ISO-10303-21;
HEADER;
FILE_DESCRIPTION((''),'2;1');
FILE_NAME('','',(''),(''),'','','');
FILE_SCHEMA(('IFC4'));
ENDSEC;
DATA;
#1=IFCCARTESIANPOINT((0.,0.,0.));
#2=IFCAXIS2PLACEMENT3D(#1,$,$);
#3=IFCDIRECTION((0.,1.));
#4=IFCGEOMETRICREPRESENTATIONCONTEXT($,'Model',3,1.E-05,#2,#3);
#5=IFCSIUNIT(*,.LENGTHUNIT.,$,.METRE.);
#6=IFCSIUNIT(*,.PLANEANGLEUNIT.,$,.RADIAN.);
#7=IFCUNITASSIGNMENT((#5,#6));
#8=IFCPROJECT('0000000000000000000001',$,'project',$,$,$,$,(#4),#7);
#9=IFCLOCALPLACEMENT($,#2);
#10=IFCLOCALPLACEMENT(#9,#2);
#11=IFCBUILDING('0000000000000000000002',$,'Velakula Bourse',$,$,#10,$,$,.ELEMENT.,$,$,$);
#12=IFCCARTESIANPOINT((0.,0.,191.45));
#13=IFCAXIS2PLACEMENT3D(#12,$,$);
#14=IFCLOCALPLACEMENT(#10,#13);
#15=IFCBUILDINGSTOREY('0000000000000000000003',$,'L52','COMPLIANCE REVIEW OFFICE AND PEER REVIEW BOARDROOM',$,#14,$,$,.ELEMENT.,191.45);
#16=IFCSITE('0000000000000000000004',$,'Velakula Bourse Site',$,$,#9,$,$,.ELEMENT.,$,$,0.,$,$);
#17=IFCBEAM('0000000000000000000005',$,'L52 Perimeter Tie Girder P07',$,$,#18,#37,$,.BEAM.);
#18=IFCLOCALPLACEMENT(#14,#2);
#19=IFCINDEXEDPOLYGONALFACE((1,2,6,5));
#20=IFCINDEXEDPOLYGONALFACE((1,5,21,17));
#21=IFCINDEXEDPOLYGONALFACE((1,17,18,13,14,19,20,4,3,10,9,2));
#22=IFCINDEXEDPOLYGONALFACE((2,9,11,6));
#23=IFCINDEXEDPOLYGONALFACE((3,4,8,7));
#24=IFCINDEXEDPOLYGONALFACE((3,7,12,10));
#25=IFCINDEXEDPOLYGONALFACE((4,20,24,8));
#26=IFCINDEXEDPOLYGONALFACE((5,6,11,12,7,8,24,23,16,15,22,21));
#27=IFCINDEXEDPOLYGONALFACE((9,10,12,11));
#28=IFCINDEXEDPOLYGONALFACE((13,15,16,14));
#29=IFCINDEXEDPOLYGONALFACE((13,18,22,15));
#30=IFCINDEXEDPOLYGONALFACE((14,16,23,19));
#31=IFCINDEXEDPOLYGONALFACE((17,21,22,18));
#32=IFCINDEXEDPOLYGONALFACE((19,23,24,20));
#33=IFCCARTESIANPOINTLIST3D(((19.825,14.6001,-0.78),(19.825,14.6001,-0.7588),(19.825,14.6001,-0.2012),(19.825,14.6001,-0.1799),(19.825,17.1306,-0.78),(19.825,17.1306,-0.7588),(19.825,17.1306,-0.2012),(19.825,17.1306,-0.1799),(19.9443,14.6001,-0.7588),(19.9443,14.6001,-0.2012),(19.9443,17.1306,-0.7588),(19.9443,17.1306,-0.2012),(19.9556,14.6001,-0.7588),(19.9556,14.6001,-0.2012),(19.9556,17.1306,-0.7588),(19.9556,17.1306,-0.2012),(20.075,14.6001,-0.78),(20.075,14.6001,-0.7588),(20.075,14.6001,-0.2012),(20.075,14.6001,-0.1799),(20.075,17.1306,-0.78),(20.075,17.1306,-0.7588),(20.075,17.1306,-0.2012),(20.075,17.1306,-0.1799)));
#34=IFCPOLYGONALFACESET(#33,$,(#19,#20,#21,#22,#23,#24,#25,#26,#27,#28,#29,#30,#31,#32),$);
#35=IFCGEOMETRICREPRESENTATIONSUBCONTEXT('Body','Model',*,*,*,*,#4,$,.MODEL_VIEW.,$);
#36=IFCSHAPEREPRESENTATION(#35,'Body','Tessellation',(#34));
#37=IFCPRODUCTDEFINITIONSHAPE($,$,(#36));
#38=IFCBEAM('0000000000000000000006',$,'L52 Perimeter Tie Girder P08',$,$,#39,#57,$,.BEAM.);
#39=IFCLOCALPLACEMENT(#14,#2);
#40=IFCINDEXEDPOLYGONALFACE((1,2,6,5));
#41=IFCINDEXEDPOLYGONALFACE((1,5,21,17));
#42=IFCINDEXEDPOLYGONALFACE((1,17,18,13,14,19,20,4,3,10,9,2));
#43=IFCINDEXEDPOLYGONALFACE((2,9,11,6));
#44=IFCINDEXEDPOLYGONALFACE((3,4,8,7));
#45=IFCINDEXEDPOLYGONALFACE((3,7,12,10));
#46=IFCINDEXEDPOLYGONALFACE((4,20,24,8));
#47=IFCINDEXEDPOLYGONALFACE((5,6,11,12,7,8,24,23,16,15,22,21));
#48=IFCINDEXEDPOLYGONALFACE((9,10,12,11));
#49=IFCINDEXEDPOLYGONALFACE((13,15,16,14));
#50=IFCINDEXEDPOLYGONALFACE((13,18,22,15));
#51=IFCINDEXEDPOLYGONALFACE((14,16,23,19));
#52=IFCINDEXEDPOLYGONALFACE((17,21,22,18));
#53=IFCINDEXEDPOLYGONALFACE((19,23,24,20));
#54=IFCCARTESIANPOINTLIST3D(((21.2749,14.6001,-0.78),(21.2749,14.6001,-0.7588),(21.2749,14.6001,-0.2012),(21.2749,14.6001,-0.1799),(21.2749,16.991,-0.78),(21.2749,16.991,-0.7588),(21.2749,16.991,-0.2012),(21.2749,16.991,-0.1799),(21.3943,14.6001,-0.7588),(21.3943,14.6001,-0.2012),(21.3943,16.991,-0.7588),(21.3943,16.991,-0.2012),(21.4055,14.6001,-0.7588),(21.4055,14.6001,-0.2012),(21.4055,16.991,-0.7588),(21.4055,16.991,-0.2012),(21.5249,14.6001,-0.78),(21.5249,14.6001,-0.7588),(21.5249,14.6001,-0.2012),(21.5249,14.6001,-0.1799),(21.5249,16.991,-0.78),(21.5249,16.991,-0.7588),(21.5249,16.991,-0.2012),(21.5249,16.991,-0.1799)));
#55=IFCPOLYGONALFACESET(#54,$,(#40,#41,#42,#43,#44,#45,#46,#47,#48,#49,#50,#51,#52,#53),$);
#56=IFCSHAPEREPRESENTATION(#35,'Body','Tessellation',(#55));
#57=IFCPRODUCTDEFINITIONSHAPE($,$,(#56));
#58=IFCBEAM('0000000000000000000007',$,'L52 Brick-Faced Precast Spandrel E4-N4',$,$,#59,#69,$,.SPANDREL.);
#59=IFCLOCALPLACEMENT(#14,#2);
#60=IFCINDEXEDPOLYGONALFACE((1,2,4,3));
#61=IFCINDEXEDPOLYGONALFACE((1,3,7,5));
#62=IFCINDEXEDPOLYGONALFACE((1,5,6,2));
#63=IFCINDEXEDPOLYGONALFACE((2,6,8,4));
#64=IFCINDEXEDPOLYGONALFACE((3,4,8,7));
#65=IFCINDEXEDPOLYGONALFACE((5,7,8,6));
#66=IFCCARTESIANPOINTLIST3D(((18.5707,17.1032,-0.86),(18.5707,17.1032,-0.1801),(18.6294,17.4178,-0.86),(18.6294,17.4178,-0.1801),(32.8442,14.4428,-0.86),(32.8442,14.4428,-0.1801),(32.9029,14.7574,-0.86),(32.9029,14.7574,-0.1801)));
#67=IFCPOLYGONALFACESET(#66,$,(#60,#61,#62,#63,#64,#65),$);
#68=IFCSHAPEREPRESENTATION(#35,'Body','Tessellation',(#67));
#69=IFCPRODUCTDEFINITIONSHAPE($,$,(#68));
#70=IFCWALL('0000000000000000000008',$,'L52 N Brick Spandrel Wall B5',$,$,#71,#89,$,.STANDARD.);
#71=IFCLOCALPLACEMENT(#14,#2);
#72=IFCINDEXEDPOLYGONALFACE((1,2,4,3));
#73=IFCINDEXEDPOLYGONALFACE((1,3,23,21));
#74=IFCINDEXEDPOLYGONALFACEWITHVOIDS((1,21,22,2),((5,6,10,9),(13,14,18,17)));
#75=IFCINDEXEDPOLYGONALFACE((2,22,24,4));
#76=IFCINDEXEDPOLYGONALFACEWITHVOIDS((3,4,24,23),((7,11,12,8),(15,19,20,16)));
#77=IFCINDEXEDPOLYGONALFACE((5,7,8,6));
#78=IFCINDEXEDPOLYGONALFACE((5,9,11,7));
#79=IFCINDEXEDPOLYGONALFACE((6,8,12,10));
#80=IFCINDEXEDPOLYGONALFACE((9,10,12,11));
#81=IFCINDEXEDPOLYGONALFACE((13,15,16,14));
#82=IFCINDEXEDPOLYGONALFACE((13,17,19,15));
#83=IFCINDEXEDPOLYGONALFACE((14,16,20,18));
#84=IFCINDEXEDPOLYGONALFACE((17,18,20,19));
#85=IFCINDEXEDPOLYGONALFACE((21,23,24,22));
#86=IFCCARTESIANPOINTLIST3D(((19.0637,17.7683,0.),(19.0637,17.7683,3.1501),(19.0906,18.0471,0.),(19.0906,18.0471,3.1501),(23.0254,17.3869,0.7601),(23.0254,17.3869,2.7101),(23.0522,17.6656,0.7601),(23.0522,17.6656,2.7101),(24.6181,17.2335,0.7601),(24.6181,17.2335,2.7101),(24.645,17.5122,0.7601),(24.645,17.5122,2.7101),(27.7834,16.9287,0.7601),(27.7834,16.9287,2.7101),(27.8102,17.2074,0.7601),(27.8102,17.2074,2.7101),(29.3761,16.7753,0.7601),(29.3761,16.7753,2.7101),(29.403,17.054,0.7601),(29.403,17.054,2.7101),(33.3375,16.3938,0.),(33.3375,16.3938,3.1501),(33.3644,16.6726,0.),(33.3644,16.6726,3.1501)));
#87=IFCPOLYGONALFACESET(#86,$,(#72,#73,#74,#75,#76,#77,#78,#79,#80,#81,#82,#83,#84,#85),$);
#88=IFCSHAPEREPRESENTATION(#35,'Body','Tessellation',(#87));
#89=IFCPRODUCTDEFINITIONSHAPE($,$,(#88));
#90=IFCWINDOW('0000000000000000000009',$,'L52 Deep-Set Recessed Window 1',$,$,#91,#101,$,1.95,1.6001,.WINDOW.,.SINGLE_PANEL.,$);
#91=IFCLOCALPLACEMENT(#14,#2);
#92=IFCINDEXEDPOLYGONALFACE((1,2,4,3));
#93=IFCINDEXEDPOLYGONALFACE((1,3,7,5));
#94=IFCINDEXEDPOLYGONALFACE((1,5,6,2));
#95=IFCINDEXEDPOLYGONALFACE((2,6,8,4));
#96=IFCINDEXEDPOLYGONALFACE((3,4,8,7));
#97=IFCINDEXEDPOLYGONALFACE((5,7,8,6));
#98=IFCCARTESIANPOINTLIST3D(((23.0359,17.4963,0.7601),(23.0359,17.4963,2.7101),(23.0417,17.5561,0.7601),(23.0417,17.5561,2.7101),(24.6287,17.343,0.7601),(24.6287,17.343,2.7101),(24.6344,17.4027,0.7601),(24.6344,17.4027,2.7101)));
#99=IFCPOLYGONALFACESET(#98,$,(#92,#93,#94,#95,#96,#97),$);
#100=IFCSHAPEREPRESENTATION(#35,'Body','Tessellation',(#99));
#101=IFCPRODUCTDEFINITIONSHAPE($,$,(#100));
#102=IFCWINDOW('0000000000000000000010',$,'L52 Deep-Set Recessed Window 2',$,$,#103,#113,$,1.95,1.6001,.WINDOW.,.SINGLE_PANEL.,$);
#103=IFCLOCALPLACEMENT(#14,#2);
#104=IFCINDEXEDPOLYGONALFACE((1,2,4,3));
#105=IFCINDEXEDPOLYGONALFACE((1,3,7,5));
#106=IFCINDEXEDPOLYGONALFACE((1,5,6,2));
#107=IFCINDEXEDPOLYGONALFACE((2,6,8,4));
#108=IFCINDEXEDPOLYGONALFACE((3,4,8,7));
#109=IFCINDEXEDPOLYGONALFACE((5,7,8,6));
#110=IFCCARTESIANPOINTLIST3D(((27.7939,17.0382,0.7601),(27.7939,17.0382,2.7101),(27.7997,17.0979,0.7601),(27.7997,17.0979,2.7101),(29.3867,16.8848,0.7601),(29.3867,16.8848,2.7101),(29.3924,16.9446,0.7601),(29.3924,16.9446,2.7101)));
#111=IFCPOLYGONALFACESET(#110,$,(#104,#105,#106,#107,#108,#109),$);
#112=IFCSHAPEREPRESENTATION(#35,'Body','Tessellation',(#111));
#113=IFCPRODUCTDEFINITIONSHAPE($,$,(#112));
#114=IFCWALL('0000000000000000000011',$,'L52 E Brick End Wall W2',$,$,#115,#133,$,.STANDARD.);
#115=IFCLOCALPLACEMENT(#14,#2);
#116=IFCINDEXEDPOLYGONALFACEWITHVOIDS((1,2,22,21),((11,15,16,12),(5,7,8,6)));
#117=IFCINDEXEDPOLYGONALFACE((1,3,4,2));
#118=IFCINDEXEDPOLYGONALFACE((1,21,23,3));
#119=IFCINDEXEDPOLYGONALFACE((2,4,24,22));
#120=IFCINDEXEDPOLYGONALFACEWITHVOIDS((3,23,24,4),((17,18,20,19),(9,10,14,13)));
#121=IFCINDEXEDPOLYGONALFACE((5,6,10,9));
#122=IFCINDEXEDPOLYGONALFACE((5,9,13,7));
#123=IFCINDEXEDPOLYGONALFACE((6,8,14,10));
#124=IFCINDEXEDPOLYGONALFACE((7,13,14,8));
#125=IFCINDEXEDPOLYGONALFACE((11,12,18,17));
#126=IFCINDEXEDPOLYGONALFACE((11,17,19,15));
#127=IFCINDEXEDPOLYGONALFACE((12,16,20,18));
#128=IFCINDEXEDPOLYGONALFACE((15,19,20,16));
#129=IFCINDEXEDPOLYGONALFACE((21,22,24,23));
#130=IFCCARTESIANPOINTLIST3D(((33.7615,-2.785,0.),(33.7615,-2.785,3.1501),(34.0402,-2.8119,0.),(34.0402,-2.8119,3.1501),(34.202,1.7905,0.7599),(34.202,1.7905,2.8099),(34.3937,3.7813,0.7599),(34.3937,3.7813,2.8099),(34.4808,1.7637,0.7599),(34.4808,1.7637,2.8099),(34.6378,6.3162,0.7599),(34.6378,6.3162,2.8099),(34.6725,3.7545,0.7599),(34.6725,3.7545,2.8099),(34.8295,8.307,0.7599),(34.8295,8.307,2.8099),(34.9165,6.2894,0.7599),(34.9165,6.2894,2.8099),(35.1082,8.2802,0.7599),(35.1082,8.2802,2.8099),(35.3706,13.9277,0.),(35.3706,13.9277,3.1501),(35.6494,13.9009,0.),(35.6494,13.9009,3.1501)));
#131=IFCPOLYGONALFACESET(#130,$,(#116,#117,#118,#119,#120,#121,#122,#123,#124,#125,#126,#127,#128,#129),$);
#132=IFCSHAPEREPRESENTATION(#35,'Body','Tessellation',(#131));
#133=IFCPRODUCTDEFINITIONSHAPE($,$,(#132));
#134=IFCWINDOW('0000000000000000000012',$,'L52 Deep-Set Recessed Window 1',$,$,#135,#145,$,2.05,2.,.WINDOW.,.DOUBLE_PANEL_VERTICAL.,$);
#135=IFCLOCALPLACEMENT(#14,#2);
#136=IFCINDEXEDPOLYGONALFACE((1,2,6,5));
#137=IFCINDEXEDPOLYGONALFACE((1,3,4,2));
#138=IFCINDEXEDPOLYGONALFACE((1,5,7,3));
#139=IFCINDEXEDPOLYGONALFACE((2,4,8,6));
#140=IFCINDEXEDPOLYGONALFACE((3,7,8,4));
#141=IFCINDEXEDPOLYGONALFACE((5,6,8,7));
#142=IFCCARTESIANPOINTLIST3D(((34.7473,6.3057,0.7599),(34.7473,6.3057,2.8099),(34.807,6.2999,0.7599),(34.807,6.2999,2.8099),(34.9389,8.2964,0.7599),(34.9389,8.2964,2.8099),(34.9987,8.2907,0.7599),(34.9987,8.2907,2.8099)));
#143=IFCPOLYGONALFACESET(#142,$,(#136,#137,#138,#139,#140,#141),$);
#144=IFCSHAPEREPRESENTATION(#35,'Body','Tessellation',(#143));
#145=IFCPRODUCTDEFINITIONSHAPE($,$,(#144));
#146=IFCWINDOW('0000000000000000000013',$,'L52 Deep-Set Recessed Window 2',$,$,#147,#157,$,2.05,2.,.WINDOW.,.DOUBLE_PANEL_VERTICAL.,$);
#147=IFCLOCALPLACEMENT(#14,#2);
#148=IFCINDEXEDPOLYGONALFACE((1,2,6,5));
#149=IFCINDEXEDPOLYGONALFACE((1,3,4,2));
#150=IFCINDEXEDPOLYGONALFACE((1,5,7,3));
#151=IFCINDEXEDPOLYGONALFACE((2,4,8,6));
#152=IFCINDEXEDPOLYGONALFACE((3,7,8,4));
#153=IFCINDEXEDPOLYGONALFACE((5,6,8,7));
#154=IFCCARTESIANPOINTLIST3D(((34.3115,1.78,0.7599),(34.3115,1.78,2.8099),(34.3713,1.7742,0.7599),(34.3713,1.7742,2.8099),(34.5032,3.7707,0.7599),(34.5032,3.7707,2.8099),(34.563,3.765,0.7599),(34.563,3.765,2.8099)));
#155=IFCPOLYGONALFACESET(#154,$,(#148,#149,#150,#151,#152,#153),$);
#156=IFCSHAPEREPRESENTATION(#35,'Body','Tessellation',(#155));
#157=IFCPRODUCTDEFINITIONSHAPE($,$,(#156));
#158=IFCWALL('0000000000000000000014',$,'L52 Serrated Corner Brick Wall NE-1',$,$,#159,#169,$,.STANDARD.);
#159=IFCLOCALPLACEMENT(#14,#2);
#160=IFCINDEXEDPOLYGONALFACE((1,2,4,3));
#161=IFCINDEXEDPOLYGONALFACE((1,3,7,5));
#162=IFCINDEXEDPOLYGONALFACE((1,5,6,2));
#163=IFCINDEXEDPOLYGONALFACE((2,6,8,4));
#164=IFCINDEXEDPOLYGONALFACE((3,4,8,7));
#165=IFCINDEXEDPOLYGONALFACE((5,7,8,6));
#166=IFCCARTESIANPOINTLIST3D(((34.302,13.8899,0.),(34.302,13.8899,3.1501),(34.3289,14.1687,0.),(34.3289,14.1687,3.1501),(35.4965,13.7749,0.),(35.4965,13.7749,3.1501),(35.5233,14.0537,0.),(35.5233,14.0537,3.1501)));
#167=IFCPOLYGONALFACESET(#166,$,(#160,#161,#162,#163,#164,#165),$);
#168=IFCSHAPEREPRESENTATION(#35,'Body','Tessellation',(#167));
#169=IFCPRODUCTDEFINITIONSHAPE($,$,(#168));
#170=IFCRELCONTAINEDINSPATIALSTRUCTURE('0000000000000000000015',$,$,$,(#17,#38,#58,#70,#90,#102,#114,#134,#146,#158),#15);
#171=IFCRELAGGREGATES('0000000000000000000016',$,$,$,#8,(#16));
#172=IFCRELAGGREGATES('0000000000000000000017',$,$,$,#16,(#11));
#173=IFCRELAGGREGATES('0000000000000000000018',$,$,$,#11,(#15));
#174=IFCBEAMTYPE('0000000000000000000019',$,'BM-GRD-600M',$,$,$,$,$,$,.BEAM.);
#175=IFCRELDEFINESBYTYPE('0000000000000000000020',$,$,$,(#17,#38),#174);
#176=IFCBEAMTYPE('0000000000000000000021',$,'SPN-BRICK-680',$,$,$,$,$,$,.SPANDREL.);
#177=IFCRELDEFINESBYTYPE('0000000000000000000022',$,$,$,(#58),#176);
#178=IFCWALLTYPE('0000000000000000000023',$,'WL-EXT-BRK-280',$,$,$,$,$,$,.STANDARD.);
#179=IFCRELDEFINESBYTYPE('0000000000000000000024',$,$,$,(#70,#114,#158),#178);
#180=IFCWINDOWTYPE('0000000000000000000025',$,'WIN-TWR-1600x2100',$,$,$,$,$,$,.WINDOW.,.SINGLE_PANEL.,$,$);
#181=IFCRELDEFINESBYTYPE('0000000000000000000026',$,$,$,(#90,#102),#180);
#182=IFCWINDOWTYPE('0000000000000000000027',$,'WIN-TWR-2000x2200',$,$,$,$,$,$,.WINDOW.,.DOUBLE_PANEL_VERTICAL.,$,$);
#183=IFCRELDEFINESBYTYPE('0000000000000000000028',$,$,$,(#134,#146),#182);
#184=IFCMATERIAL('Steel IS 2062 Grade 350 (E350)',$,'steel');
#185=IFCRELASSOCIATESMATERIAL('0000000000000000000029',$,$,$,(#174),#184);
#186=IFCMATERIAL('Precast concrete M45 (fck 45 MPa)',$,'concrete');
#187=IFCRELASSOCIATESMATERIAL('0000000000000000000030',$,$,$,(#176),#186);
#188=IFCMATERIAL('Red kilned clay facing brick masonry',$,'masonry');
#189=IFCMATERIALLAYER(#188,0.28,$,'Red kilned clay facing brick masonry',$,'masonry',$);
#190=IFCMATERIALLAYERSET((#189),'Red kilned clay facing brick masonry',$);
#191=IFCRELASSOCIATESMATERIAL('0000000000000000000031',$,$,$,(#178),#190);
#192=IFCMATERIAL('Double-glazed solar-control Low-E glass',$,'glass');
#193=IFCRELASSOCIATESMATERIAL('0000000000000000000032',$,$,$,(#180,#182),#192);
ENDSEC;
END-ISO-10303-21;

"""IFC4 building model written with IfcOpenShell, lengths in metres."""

from ifc_helpers import new_model, si_unit, direction, frame, frame_2d, origin, origin_2d, place, context, subcontext, project, spatial, rectangle, i_section, extrude, material, layer, layer_set, material_profile, profile_set, type_object, element, fill, save


model = new_model("IFC4")

# Units and contexts
model_context = context("Model", 3, precision=1e-05, world=origin(), true_north=direction((0.0, 1.0)))
body_context = subcontext(model_context, "Body", "Model", "MODEL_VIEW")
ifc_project = project(units=[si_unit("LENGTHUNIT", "METRE"), si_unit("PLANEANGLEUNIT", "RADIAN")], contexts=[model_context])

# Site, building, storey
site_placement = place(None, origin())
site = spatial("IfcSite", under=ifc_project, at=site_placement, Name="Velakula Bourse Site", CompositionType="ELEMENT", RefElevation=0.0)
building_placement = place(site_placement, origin())
building = spatial("IfcBuilding", under=site, at=building_placement, Name="Velakula Bourse", CompositionType="ELEMENT")
storey_placement = place(building_placement, frame((0.0, 0.0, 191.45)))
storey = spatial("IfcBuildingStorey", under=building, at=storey_placement, Name="L52", Description="COMPLIANCE REVIEW OFFICE AND PEER REVIEW BOARDROOM", CompositionType="ELEMENT", Elevation=191.45)

# Shared definitions
ifc_material_1 = material(Name="Steel IS 2062 Grade 350 (E350)", Category="steel")
ifc_material_2 = material(Name="Precast concrete M45 (fck 45 MPa)", Category="concrete")

# Beams
ifc_material_profile_1 = material_profile(ifc_material_1, i_section(OverallWidth=0.25, OverallDepth=0.6001, WebThickness=0.0112, FlangeThickness=0.0212, at=origin_2d()), Name="Steel IS 2062 Grade 350 (E350)")
ifc_profile_set_1 = profile_set([ifc_material_profile_1], Name="Steel IS 2062 Grade 350 (E350)")
beam_type_1 = type_object("IfcBeamType", Name="BM-GRD-600M", PredefinedType="BEAM", material=ifc_profile_set_1)
beam_1_placement = place(storey_placement, frame((19.95, 14.6001, -0.48), z_axis=(0.0, 1.0, 0.0), x_axis=(-1.0, 0.0, 0.0)))
element("IfcBeam", 1, at=beam_1_placement, inside=storey, type_object=beam_type_1, Name="L52 Perimeter Tie Girder P07", PredefinedType="BEAM", context=body_context, shape_type="SweptSolid", body=[
    extrude(i_section(OverallWidth=0.25, OverallDepth=0.6001, WebThickness=0.0112, FlangeThickness=0.0212, at=origin_2d()), origin(), (0.0, 0.0, 1.0), 2.5305),
])
beam_2_placement = place(storey_placement, frame((21.3999, 14.6001, -0.48), z_axis=(0.0, 1.0, 0.0), x_axis=(-1.0, 0.0, 0.0)))
element("IfcBeam", 2, at=beam_2_placement, inside=storey, type_object=beam_type_1, Name="L52 Perimeter Tie Girder P08", PredefinedType="BEAM", context=body_context, shape_type="SweptSolid", body=[
    extrude(i_section(OverallWidth=0.25, OverallDepth=0.6001, WebThickness=0.0112, FlangeThickness=0.0212, at=origin_2d()), origin(), (0.0, 0.0, 1.0), 2.3909),
])
ifc_material_profile_2 = material_profile(ifc_material_2, rectangle(XDim=0.3201, YDim=0.6799, at=origin_2d()), Name="Precast concrete M45 (fck 45 MPa)")
ifc_profile_set_2 = profile_set([ifc_material_profile_2], Name="Precast concrete M45 (fck 45 MPa)")
beam_type_2 = type_object("IfcBeamType", Name="SPN-BRICK-680", PredefinedType="SPANDREL", material=ifc_profile_set_2)
beam_3_placement = place(storey_placement, frame((32.8735, 14.6001, -0.52), z_axis=(-0.98307, 0.183233, 0.0), x_axis=(-0.183233, -0.98307, 0.0)))
element("IfcBeam", 3, at=beam_3_placement, inside=storey, type_object=beam_type_2, Name="L52 Brick-Faced Precast Spandrel E4-N4", PredefinedType="SPANDREL", context=body_context, shape_type="SweptSolid", body=[
    extrude(rectangle(XDim=0.3201, YDim=0.6799, at=origin_2d()), origin(), (0.0, 0.0, 1.0), 14.5193),
])

# Walls, openings, windows
ifc_material_3 = material(Name="Red kilned clay facing brick masonry", Category="masonry")
ifc_layer_1 = layer(ifc_material_3, 0.28, Name="Red kilned clay facing brick masonry", Category="masonry")
ifc_layer_set_1 = layer_set([ifc_layer_1], Name="Red kilned clay facing brick masonry")
wall_type_1 = type_object("IfcWallType", Name="WL-EXT-BRK-280", PredefinedType="STANDARD", material=ifc_layer_set_1)
wall_1_placement = place(storey_placement, frame((19.0771, 17.9077, 0.0), z_axis=(0.0, 0.0, 1.0), x_axis=(0.995396, -0.095852, 0.0)))
wall_1 = element("IfcWall", 4, at=wall_1_placement, inside=storey, type_object=wall_type_1, Name="L52 N Brick Spandrel Wall B5", PredefinedType="STANDARD", context=body_context, shape_type="SweptSolid", body=[
    extrude(rectangle(XDim=14.3398, YDim=0.28, at=frame_2d((7.1699, 0.0))), origin(), (0.0, 0.0, 1.0), 3.1501),
])
opening_1_placement = place(wall_1_placement, frame((3.98, 0.0, 0.76)))
opening_1 = element("IfcOpeningElement", 5, at=opening_1_placement, cuts=wall_1, PredefinedType="OPENING", context=body_context, shape_type="SweptSolid", body=[
    extrude(rectangle(XDim=1.6001, YDim=1.95, at=frame_2d((0.8, 0.9751))), frame((0.0, 0.1499, 0.0), z_axis=(0.0, -1.0, 0.0), x_axis=(1.0, 0.0, 0.0)), (0.0, 0.0, 1.0), 0.3),
])
opening_2_placement = place(wall_1_placement, frame((8.76, 0.0, 0.76)))
opening_2 = element("IfcOpeningElement", 6, at=opening_2_placement, cuts=wall_1, PredefinedType="OPENING", context=body_context, shape_type="SweptSolid", body=[
    extrude(rectangle(XDim=1.6001, YDim=1.95, at=frame_2d((0.8, 0.9751))), frame((0.0, 0.1499, 0.0), z_axis=(0.0, -1.0, 0.0), x_axis=(1.0, 0.0, 0.0)), (0.0, 0.0, 1.0), 0.3),
])
ifc_material_4 = material(Name="Double-glazed solar-control Low-E glass", Category="glass")
window_type_1 = type_object("IfcWindowType", Name="WIN-TWR-1600x2100", PartitioningType="SINGLE_PANEL", PredefinedType="WINDOW", material=ifc_material_4)
window_1_placement = place(opening_1_placement, origin())
window_1 = element("IfcWindow", 7, at=window_1_placement, inside=storey, type_object=window_type_1, Name="L52 Deep-Set Recessed Window 1", OverallHeight=1.95, OverallWidth=1.6001, PartitioningType="SINGLE_PANEL", PredefinedType="WINDOW", context=body_context, shape_type="SweptSolid", body=[
    extrude(rectangle(XDim=1.6001, YDim=1.95, at=frame_2d((0.8, 0.9751))), frame((0.0, 0.03, 0.0), z_axis=(0.0, -1.0, 0.0), x_axis=(1.0, 0.0, 0.0)), (0.0, 0.0, 1.0), 0.0601),
])
fill(opening_1, window_1)
window_2_placement = place(opening_2_placement, origin())
window_2 = element("IfcWindow", 8, at=window_2_placement, inside=storey, type_object=window_type_1, Name="L52 Deep-Set Recessed Window 2", OverallHeight=1.95, OverallWidth=1.6001, PartitioningType="SINGLE_PANEL", PredefinedType="WINDOW", context=body_context, shape_type="SweptSolid", body=[
    extrude(rectangle(XDim=1.6001, YDim=1.95, at=frame_2d((0.8, 0.9751))), frame((0.0, 0.03, 0.0), z_axis=(0.0, -1.0, 0.0), x_axis=(1.0, 0.0, 0.0)), (0.0, 0.0, 1.0), 0.0601),
])
fill(opening_2, window_2)
wall_2_placement = place(storey_placement, frame((35.51, 13.9143, 0.0), z_axis=(0.0, 0.0, 1.0), x_axis=(-0.095839, -0.995397, 0.0)))
wall_2 = element("IfcWall", 9, at=wall_2_placement, inside=storey, type_object=wall_type_1, Name="L52 E Brick End Wall W2", PredefinedType="STANDARD", context=body_context, shape_type="SweptSolid", body=[
    extrude(rectangle(XDim=16.79, YDim=0.28, at=frame_2d((8.395, 0.0))), origin(), (0.0, 0.0, 1.0), 3.1501),
])
opening_3_placement = place(wall_2_placement, frame((5.6467, 0.0, 0.76)))
opening_3 = element("IfcOpeningElement", 10, at=opening_3_placement, cuts=wall_2, PredefinedType="OPENING", context=body_context, shape_type="SweptSolid", body=[
    extrude(rectangle(XDim=2.0, YDim=2.05, at=frame_2d((1.0, 1.0249))), frame((0.0, 0.1499, 0.0), z_axis=(0.0, -1.0, 0.0), x_axis=(1.0, 0.0, 0.0)), (0.0, 0.0, 1.0), 0.3),
])
opening_4_placement = place(wall_2_placement, frame((10.1934, 0.0, 0.76)))
opening_4 = element("IfcOpeningElement", 11, at=opening_4_placement, cuts=wall_2, PredefinedType="OPENING", context=body_context, shape_type="SweptSolid", body=[
    extrude(rectangle(XDim=2.0, YDim=2.05, at=frame_2d((1.0, 1.0249))), frame((0.0, 0.1499, 0.0), z_axis=(0.0, -1.0, 0.0), x_axis=(1.0, 0.0, 0.0)), (0.0, 0.0, 1.0), 0.3),
])
window_type_2 = type_object("IfcWindowType", Name="WIN-TWR-2000x2200", PartitioningType="DOUBLE_PANEL_VERTICAL", PredefinedType="WINDOW", material=ifc_material_4)
window_3_placement = place(opening_3_placement, origin())
window_3 = element("IfcWindow", 12, at=window_3_placement, inside=storey, type_object=window_type_2, Name="L52 Deep-Set Recessed Window 1", OverallHeight=2.05, OverallWidth=2.0, PartitioningType="DOUBLE_PANEL_VERTICAL", PredefinedType="WINDOW", context=body_context, shape_type="SweptSolid", body=[
    extrude(rectangle(XDim=2.0, YDim=2.05, at=frame_2d((1.0, 1.0249))), frame((0.0, 0.03, 0.0), z_axis=(0.0, -1.0, 0.0), x_axis=(1.0, 0.0, 0.0)), (0.0, 0.0, 1.0), 0.0601),
])
fill(opening_3, window_3)
window_4_placement = place(opening_4_placement, origin())
window_4 = element("IfcWindow", 13, at=window_4_placement, inside=storey, type_object=window_type_2, Name="L52 Deep-Set Recessed Window 2", OverallHeight=2.05, OverallWidth=2.0, PartitioningType="DOUBLE_PANEL_VERTICAL", PredefinedType="WINDOW", context=body_context, shape_type="SweptSolid", body=[
    extrude(rectangle(XDim=2.0, YDim=2.05, at=frame_2d((1.0, 1.0249))), frame((0.0, 0.03, 0.0), z_axis=(0.0, -1.0, 0.0), x_axis=(1.0, 0.0, 0.0)), (0.0, 0.0, 1.0), 0.0601),
])
fill(opening_4, window_4)

# Wall
wall_3_placement = place(storey_placement, frame((35.51, 13.9143, 0.0), z_axis=(0.0, 0.0, 1.0), x_axis=(-0.995397, 0.095836, 0.0)))
element("IfcWall", 14, at=wall_3_placement, inside=storey, type_object=wall_type_1, Name="L52 Serrated Corner Brick Wall NE-1", PredefinedType="STANDARD", context=body_context, shape_type="SweptSolid", body=[
    extrude(rectangle(XDim=1.2, YDim=0.28, at=frame_2d((0.6001, 0.0))), origin(), (0.0, 0.0, 1.0), 3.1501),
])

save(model, "model.ifc")
